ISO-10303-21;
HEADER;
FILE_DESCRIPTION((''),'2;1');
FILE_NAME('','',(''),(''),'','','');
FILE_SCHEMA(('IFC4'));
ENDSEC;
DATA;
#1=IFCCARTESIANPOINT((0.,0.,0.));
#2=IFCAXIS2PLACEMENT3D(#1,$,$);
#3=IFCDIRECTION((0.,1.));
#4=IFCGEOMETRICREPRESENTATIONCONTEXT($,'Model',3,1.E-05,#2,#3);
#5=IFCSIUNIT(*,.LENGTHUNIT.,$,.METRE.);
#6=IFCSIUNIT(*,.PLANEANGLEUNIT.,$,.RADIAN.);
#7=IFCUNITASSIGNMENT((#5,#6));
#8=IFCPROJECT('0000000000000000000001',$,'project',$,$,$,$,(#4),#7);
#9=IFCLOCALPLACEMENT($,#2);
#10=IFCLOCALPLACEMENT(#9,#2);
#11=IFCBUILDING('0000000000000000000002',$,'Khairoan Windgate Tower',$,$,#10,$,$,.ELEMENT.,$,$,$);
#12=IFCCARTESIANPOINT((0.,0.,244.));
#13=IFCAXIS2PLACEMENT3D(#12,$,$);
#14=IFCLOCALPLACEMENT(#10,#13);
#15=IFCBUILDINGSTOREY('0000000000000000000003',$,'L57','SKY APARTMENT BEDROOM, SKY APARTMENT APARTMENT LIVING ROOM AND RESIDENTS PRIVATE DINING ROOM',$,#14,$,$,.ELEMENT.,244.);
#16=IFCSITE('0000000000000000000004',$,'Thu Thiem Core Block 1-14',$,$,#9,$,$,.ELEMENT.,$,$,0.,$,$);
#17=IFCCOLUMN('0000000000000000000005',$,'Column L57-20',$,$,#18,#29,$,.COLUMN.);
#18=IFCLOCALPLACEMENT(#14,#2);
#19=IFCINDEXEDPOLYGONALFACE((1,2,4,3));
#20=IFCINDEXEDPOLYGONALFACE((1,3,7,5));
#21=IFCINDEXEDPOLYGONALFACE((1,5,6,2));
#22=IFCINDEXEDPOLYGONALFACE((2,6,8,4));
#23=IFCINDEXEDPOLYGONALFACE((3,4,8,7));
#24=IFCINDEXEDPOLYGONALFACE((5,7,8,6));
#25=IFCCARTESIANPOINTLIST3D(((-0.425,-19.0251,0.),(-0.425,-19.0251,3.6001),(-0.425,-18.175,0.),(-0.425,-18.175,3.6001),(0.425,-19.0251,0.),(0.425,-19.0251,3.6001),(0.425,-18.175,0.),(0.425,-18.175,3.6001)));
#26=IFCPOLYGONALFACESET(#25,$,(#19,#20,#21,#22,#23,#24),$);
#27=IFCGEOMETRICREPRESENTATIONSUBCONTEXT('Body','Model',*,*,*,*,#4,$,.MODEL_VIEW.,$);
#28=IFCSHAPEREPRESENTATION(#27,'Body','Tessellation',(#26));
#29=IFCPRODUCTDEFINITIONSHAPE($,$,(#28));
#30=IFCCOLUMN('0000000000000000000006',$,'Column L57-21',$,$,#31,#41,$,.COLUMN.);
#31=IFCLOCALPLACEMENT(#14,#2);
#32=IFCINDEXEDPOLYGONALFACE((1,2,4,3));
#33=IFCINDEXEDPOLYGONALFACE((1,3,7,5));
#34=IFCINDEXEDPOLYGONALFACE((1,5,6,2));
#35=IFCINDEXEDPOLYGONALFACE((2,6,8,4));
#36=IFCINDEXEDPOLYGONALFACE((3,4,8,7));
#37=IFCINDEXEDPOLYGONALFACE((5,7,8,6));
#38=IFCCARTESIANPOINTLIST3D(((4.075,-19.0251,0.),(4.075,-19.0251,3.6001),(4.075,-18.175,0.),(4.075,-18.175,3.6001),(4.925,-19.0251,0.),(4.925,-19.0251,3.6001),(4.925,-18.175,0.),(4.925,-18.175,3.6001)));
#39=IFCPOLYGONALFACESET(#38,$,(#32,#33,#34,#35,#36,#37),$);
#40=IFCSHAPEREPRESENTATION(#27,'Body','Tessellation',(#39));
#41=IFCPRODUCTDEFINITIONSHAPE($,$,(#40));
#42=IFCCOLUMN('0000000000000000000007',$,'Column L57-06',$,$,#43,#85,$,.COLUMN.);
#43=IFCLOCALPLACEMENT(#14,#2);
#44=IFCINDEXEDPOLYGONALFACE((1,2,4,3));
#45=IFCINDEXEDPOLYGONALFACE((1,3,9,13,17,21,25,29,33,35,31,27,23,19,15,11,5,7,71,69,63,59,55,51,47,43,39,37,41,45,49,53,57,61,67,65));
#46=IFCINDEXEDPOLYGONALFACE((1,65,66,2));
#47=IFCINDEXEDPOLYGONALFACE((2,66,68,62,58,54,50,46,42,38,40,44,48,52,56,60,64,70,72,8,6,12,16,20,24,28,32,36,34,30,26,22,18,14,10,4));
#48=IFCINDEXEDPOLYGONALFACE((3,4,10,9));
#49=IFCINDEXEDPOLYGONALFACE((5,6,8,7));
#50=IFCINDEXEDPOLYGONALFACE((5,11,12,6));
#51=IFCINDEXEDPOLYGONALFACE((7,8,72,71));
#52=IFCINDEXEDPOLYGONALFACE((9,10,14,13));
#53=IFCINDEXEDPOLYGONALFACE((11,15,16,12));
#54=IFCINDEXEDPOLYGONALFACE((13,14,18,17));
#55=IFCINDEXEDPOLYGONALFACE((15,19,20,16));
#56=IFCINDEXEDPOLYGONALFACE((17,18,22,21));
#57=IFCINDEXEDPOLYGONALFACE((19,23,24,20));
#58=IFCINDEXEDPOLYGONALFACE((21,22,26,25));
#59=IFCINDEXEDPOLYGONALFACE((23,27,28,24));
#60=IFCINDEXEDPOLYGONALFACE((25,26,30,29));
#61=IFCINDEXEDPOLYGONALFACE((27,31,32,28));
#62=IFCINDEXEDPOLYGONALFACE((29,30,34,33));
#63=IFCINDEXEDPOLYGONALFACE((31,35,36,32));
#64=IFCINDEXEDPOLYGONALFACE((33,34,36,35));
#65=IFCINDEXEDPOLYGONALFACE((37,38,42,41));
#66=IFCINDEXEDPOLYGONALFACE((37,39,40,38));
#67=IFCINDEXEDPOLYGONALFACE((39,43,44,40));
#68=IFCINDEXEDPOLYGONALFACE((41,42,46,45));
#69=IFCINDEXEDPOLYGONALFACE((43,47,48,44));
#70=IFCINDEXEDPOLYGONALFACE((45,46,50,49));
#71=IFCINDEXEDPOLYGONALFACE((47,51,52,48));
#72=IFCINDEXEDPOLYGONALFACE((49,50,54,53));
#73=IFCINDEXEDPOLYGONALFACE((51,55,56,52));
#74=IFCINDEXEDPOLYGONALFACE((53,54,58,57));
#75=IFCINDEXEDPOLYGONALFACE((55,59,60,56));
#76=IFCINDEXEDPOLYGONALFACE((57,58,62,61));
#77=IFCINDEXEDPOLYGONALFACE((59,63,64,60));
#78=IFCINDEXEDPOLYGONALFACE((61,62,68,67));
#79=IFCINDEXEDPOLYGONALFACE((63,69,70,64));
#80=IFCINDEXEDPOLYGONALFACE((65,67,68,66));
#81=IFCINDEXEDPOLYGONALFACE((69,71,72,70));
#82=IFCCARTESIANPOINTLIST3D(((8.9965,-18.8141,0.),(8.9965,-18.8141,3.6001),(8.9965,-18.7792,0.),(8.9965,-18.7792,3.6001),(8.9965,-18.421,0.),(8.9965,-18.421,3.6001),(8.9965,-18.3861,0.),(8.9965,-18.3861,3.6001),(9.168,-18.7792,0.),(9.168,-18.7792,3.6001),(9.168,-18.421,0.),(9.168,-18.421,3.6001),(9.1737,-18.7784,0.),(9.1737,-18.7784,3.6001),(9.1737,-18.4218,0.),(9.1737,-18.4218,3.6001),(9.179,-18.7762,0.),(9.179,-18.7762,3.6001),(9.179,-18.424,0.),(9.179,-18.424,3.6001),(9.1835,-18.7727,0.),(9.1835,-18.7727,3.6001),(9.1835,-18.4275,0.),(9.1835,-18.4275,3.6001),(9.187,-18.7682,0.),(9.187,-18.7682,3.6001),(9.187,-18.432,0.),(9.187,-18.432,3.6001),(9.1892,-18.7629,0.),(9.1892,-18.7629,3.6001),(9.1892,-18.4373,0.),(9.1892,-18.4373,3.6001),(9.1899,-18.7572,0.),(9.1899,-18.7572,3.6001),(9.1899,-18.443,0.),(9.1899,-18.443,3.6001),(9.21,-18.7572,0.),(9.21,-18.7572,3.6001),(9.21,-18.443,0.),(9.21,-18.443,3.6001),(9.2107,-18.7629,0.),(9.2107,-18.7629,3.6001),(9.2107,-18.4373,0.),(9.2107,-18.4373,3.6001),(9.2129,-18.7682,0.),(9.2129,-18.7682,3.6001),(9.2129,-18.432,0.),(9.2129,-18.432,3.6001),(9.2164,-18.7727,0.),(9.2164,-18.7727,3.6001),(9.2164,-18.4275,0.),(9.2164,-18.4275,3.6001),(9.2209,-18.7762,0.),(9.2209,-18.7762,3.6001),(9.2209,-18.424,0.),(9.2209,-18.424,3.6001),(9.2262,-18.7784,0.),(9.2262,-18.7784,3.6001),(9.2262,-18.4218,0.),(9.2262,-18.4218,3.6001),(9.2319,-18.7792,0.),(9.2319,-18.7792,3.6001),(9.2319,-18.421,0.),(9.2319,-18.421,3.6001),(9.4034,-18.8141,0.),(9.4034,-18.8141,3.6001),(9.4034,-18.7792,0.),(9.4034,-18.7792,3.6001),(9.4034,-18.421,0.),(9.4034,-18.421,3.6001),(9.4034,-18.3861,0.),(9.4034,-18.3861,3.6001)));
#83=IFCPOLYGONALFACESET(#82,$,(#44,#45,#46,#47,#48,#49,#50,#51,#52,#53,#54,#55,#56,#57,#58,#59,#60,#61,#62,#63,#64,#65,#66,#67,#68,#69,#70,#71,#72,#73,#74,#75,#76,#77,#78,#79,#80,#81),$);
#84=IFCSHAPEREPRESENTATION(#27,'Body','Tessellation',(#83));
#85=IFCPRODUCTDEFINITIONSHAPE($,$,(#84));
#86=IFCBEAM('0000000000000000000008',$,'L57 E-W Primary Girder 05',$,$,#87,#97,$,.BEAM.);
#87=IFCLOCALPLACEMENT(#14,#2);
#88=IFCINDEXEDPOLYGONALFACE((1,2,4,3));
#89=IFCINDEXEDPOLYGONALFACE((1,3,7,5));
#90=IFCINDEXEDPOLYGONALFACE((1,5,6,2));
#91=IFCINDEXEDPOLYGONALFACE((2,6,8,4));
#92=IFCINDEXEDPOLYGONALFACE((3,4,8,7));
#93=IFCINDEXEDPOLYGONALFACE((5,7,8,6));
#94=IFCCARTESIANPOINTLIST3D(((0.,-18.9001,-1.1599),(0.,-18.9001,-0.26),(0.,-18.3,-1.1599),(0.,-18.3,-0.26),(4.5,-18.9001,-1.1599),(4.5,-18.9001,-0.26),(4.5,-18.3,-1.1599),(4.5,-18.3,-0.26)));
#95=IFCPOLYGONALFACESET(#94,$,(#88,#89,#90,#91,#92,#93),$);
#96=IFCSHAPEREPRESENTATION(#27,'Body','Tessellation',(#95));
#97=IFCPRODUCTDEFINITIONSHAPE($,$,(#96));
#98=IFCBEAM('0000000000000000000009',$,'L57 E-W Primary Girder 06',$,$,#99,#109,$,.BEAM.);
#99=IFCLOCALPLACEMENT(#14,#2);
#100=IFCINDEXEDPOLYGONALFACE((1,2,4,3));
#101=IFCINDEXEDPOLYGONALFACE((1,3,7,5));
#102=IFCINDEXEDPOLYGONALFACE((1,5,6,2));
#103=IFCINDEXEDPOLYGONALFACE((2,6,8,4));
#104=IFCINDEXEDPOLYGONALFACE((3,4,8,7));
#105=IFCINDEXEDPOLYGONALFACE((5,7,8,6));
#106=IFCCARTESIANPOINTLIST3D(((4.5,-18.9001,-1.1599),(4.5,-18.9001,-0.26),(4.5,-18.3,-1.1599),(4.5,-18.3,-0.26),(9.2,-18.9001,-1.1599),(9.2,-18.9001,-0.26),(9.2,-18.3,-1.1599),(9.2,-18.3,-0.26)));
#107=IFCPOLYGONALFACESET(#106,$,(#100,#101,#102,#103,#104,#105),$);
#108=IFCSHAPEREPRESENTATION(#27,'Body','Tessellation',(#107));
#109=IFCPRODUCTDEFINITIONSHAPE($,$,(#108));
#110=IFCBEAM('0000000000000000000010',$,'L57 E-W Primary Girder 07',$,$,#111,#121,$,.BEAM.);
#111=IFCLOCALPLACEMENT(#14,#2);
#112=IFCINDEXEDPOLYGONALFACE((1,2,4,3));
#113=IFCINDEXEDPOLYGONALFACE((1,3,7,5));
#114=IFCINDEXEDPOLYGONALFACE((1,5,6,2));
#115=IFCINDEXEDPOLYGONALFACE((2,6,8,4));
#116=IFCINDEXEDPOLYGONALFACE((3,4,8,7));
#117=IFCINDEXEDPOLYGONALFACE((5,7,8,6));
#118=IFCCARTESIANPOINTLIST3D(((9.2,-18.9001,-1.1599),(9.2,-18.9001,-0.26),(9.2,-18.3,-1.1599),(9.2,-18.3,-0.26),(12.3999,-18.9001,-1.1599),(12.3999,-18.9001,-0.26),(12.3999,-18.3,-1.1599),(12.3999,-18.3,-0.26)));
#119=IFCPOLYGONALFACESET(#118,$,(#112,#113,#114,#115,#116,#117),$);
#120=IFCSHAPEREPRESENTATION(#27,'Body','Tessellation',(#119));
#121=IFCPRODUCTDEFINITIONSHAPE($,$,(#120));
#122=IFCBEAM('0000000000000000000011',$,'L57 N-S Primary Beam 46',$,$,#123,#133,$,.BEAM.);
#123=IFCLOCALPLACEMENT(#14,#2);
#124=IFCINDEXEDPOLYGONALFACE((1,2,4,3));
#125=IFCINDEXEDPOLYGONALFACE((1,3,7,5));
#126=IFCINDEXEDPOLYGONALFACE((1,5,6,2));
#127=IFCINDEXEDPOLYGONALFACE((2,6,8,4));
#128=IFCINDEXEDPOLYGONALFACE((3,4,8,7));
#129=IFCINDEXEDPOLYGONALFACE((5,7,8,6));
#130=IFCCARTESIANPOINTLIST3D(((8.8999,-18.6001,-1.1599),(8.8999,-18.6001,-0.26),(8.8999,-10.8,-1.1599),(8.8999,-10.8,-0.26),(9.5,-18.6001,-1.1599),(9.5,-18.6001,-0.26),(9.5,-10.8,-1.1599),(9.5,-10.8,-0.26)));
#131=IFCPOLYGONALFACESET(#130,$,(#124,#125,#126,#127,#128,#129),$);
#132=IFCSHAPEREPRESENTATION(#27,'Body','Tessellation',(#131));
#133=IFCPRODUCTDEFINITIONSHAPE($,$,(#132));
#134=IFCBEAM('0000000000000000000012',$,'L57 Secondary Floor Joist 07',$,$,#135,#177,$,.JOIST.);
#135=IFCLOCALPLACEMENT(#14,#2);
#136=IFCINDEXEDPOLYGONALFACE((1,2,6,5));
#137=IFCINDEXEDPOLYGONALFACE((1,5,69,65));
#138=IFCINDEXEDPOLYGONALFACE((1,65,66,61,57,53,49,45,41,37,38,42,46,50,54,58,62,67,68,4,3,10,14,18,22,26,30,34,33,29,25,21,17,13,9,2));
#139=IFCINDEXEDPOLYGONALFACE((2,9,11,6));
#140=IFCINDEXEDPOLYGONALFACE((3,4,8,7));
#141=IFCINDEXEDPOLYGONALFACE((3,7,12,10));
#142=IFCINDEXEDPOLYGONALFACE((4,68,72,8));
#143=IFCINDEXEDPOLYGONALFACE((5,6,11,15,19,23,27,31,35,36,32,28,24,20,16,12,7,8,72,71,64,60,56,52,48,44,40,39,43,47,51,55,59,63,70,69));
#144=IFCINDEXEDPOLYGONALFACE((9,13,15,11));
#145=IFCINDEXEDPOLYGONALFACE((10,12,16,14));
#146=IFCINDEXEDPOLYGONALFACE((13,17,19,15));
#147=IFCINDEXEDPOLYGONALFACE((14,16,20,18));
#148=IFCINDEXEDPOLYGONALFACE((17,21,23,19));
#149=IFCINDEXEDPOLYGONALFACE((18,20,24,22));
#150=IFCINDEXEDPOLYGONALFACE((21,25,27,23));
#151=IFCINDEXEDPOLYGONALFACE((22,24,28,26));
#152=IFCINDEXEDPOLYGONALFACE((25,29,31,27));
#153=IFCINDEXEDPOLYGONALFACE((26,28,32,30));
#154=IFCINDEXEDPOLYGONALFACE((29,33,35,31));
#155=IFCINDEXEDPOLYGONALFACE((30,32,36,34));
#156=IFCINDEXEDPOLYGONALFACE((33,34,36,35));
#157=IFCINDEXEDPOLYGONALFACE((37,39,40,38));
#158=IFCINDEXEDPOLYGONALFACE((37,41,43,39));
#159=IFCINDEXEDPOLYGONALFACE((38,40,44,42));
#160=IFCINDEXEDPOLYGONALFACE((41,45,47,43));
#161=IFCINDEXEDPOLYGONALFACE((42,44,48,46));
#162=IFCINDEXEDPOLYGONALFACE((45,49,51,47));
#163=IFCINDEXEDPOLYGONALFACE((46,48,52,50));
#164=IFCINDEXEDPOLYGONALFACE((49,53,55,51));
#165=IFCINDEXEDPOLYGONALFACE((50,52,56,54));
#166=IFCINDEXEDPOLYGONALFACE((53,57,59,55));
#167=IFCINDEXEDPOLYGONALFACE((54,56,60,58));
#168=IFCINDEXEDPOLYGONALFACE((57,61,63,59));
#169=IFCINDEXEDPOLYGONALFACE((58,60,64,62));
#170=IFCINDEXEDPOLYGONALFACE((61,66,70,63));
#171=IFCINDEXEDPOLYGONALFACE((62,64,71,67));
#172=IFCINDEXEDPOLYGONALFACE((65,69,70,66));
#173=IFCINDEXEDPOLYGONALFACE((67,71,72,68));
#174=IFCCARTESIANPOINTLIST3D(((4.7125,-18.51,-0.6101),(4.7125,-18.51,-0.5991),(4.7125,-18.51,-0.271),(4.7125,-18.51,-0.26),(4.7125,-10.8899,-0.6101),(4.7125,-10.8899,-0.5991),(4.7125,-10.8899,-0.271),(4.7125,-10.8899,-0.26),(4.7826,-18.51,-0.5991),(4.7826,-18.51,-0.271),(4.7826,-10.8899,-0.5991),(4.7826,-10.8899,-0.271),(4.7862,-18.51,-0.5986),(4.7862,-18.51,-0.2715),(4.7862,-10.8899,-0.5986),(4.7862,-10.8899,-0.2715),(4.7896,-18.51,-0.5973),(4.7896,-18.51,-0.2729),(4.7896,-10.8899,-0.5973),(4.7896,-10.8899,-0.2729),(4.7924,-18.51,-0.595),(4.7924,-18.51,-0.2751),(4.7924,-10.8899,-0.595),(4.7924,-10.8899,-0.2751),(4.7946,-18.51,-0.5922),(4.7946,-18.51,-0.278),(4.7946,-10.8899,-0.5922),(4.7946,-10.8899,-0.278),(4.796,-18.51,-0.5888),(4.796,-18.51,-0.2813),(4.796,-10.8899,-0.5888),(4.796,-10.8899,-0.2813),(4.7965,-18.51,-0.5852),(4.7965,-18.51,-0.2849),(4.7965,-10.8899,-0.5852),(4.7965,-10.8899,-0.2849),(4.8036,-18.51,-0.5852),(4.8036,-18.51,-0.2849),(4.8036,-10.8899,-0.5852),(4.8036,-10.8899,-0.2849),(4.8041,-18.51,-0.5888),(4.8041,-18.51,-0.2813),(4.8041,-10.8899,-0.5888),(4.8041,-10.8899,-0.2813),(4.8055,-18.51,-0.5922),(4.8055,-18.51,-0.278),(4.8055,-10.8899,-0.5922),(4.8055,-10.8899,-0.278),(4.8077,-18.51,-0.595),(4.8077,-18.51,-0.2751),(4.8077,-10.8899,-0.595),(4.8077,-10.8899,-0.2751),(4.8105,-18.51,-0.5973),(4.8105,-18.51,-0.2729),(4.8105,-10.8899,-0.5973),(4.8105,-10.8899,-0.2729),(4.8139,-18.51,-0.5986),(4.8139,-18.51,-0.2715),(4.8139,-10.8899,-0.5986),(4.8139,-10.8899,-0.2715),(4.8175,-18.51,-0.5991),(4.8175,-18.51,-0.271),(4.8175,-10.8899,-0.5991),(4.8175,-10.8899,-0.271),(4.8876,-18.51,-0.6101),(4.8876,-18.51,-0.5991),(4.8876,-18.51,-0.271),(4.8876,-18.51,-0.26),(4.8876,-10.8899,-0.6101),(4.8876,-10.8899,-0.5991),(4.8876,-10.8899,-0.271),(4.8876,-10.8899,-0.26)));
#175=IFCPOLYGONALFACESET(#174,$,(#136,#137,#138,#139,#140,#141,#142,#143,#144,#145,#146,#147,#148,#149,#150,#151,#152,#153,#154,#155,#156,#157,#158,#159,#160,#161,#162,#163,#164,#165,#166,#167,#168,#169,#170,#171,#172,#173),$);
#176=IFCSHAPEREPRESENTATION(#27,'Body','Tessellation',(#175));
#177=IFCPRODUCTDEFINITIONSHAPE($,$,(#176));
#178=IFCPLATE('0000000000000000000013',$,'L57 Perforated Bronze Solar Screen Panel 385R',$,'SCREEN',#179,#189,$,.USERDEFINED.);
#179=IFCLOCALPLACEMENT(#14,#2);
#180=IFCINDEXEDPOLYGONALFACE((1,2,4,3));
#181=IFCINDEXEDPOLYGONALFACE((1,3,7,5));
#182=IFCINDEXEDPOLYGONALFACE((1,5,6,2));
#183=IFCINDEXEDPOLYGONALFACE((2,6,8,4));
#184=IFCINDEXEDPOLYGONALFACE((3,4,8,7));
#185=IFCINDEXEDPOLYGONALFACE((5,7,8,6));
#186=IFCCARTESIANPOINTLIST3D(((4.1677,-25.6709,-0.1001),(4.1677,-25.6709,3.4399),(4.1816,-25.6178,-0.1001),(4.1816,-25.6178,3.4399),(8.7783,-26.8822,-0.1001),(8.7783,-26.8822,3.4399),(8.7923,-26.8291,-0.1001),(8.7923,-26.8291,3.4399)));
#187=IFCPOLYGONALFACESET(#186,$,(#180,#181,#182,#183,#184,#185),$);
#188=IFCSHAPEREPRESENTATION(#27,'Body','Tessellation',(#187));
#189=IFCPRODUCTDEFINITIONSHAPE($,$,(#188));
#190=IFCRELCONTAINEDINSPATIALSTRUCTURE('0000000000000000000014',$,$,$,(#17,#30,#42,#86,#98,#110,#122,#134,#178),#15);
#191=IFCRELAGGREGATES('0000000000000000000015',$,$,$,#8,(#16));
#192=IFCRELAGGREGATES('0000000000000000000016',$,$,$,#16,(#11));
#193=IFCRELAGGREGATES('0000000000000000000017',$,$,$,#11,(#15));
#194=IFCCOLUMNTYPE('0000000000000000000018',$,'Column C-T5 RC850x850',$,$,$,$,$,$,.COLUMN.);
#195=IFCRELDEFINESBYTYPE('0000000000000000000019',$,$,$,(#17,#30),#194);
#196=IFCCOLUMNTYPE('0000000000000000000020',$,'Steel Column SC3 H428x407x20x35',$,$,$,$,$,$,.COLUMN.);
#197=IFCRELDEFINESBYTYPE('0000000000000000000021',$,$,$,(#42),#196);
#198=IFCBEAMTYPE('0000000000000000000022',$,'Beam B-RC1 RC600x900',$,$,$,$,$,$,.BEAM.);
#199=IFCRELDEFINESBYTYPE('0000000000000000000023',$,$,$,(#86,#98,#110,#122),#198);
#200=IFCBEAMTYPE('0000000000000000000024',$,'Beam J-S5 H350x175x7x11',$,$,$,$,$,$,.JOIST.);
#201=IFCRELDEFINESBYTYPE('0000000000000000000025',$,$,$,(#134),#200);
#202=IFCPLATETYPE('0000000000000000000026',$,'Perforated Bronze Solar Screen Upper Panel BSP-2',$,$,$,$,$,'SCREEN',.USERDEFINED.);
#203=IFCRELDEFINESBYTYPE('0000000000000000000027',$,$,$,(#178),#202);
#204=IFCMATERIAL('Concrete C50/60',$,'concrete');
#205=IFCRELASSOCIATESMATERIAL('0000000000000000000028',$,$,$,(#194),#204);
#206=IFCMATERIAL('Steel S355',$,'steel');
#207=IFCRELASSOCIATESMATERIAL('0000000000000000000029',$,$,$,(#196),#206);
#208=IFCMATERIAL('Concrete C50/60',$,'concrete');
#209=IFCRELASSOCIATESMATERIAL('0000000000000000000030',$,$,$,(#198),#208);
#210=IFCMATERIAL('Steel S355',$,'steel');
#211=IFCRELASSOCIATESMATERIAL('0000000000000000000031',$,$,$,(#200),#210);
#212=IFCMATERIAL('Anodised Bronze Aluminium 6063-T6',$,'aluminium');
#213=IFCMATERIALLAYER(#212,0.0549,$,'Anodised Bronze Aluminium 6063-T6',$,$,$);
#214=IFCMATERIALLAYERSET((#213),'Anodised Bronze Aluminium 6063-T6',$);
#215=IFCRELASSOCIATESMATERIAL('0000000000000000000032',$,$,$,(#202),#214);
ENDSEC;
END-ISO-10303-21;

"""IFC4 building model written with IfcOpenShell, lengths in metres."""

from ifc_helpers import new_model, si_unit, direction, frame, origin, origin_2d, place, context, subcontext, project, spatial, rectangle, i_section, extrude, material, layer, layer_set, material_profile, profile_set, type_object, element, save


model = new_model("IFC4")

# Units and contexts
model_context = context("Model", 3, precision=1e-05, world=origin(), true_north=direction((0.0, 1.0)))
body_context = subcontext(model_context, "Body", "Model", "MODEL_VIEW")
ifc_project = project(units=[si_unit("LENGTHUNIT", "METRE"), si_unit("PLANEANGLEUNIT", "RADIAN")], contexts=[model_context])

# Site, building, storey
site_placement = place(None, origin())
site = spatial("IfcSite", under=ifc_project, at=site_placement, Name="Thu Thiem Core Block 1-14", CompositionType="ELEMENT", RefElevation=0.0)
building_placement = place(site_placement, origin())
building = spatial("IfcBuilding", under=site, at=building_placement, Name="Khairoan Windgate Tower", CompositionType="ELEMENT")
storey_placement = place(building_placement, frame((0.0, 0.0, 244.0)))
storey = spatial("IfcBuildingStorey", under=building, at=storey_placement, Name="L57", Description="SKY APARTMENT BEDROOM, SKY APARTMENT APARTMENT LIVING ROOM AND RESIDENTS PRIVATE DINING ROOM", CompositionType="ELEMENT", Elevation=244.0)

# Columns
ifc_material_1 = material(Name="Concrete C50/60", Category="concrete")
ifc_material_profile_1 = material_profile(ifc_material_1, rectangle(XDim=0.8501, YDim=0.8501, at=origin_2d()))
ifc_profile_set_1 = profile_set([ifc_material_profile_1], Name="Concrete C50/60")
column_type_1 = type_object("IfcColumnType", Name="Column C-T5 RC850x850", PredefinedType="COLUMN", material=ifc_profile_set_1)
for number, where, z_axis, x_axis, name in (
    (1, (0.0, -18.6001, 0.0), (0.0, 0.0, 1.0), (1.0, 0.0, 0.0), "Column L57-20"),
    (2, (4.5, -18.6001, 0.0), (0.0, 0.0, 1.0), (1.0, 0.0, 0.0), "Column L57-21"),
):
    element("IfcColumn", number, at=place(storey_placement, frame(where, z_axis=z_axis, x_axis=x_axis)), inside=storey, type_object=column_type_1, Name=name, PredefinedType="COLUMN", context=body_context, shape_type="SweptSolid", body=[
        extrude(rectangle(XDim=0.8501, YDim=0.8501, at=origin_2d()), origin(), (0.0, 0.0, 1.0), 3.6001),
    ])
ifc_material_2 = material(Name="Steel S355", Category="steel")
ifc_material_profile_2 = material_profile(ifc_material_2, i_section(OverallWidth=0.407, OverallDepth=0.428, WebThickness=0.02, FlangeThickness=0.0349, FilletRadius=0.022, at=origin_2d()))
ifc_profile_set_2 = profile_set([ifc_material_profile_2], Name="Steel S355")
column_type_2 = type_object("IfcColumnType", Name="Steel Column SC3 H428x407x20x35", PredefinedType="COLUMN", material=ifc_profile_set_2)
column_placement = place(storey_placement, frame((9.2, -18.6001, 0.0), z_axis=(0.0, 0.0, 1.0), x_axis=(1.0, 0.0, 0.0)))
element("IfcColumn", 3, at=column_placement, inside=storey, type_object=column_type_2, Name="Column L57-06", PredefinedType="COLUMN", context=body_context, shape_type="SweptSolid", body=[
    extrude(i_section(OverallWidth=0.407, OverallDepth=0.428, WebThickness=0.02, FlangeThickness=0.0349, FilletRadius=0.022, at=origin_2d()), origin(), (0.0, 0.0, 1.0), 3.6001),
])

# Beams
ifc_material_3 = material(Name="Concrete C50/60", Category="concrete")
ifc_material_profile_3 = material_profile(ifc_material_3, rectangle(XDim=0.6001, YDim=0.8999, at=origin_2d()))
ifc_profile_set_3 = profile_set([ifc_material_profile_3], Name="Concrete C50/60")
beam_type_1 = type_object("IfcBeamType", Name="Beam B-RC1 RC600x900", PredefinedType="BEAM", material=ifc_profile_set_3)
beam_1_placement = place(storey_placement, frame((0.0, -18.6001, -0.71), z_axis=(1.0, 0.0, 0.0), x_axis=(0.0, 1.0, 0.0)))
element("IfcBeam", 4, at=beam_1_placement, inside=storey, type_object=beam_type_1, Name="L57 E-W Primary Girder 05", PredefinedType="BEAM", context=body_context, shape_type="SweptSolid", body=[
    extrude(rectangle(XDim=0.6001, YDim=0.8999, at=origin_2d()), origin(), (0.0, 0.0, 1.0), 4.5),
])
beam_2_placement = place(storey_placement, frame((4.5, -18.6001, -0.71), z_axis=(1.0, 0.0, 0.0), x_axis=(0.0, 1.0, 0.0)))
element("IfcBeam", 5, at=beam_2_placement, inside=storey, type_object=beam_type_1, Name="L57 E-W Primary Girder 06", PredefinedType="BEAM", context=body_context, shape_type="SweptSolid", body=[
    extrude(rectangle(XDim=0.6001, YDim=0.8999, at=origin_2d()), origin(), (0.0, 0.0, 1.0), 4.7),
])
beam_3_placement = place(storey_placement, frame((9.2, -18.6001, -0.71), z_axis=(1.0, 0.0, 0.0), x_axis=(0.0, 1.0, 0.0)))
element("IfcBeam", 6, at=beam_3_placement, inside=storey, type_object=beam_type_1, Name="L57 E-W Primary Girder 07", PredefinedType="BEAM", context=body_context, shape_type="SweptSolid", body=[
    extrude(rectangle(XDim=0.6001, YDim=0.8999, at=origin_2d()), origin(), (0.0, 0.0, 1.0), 3.2),
])
beam_4_placement = place(storey_placement, frame((9.2, -18.6001, -0.71), z_axis=(0.0, 1.0, 0.0), x_axis=(-1.0, 0.0, 0.0)))
element("IfcBeam", 7, at=beam_4_placement, inside=storey, type_object=beam_type_1, Name="L57 N-S Primary Beam 46", PredefinedType="BEAM", context=body_context, shape_type="SweptSolid", body=[
    extrude(rectangle(XDim=0.6001, YDim=0.8999, at=origin_2d()), origin(), (0.0, 0.0, 1.0), 7.8),
])
ifc_material_4 = material(Name="Steel S355", Category="steel")
ifc_material_profile_4 = material_profile(ifc_material_4, i_section(OverallWidth=0.175, OverallDepth=0.3501, WebThickness=0.0071, FlangeThickness=0.011, FilletRadius=0.0139, at=origin_2d()))
ifc_profile_set_4 = profile_set([ifc_material_profile_4], Name="Steel S355")
beam_type_2 = type_object("IfcBeamType", Name="Beam J-S5 H350x175x7x11", PredefinedType="JOIST", material=ifc_profile_set_4)
beam_5_placement = place(storey_placement, frame((4.8, -18.51, -0.4351), z_axis=(0.0, 1.0, 0.0), x_axis=(-1.0, 0.0, 0.0)))
element("IfcBeam", 8, at=beam_5_placement, inside=storey, type_object=beam_type_2, Name="L57 Secondary Floor Joist 07", PredefinedType="JOIST", context=body_context, shape_type="SweptSolid", body=[
    extrude(i_section(OverallWidth=0.175, OverallDepth=0.3501, WebThickness=0.0071, FlangeThickness=0.011, FilletRadius=0.0139, at=origin_2d()), origin(), (0.0, 0.0, 1.0), 7.6201),
])

# Plate
ifc_material_5 = material(Name="Anodised Bronze Aluminium 6063-T6", Category="aluminium")
ifc_layer_1 = layer(ifc_material_5, 0.0549, Name="Anodised Bronze Aluminium 6063-T6")
ifc_layer_set_1 = layer_set([ifc_layer_1], Name="Anodised Bronze Aluminium 6063-T6")
plate_type = type_object("IfcPlateType", Name="Perforated Bronze Solar Screen Upper Panel BSP-2", ElementType="SCREEN", PredefinedType="USERDEFINED", material=ifc_layer_set_1)
plate_placement = place(storey_placement, frame((6.48, -26.25, -0.1001), z_axis=(0.0, 0.0, 1.0), x_axis=(-0.967179, 0.254096, 0.0)))
element("IfcPlate", 9, at=plate_placement, inside=storey, type_object=plate_type, Name="L57 Perforated Bronze Solar Screen Panel 385R", ObjectType="SCREEN", PredefinedType="USERDEFINED", context=body_context, shape_type="SweptSolid", body=[
    extrude(rectangle(XDim=4.7671, YDim=0.0549, at=origin_2d()), origin(), (0.0, 0.0, 1.0), 3.54),
])

save(model, "model.ifc")
